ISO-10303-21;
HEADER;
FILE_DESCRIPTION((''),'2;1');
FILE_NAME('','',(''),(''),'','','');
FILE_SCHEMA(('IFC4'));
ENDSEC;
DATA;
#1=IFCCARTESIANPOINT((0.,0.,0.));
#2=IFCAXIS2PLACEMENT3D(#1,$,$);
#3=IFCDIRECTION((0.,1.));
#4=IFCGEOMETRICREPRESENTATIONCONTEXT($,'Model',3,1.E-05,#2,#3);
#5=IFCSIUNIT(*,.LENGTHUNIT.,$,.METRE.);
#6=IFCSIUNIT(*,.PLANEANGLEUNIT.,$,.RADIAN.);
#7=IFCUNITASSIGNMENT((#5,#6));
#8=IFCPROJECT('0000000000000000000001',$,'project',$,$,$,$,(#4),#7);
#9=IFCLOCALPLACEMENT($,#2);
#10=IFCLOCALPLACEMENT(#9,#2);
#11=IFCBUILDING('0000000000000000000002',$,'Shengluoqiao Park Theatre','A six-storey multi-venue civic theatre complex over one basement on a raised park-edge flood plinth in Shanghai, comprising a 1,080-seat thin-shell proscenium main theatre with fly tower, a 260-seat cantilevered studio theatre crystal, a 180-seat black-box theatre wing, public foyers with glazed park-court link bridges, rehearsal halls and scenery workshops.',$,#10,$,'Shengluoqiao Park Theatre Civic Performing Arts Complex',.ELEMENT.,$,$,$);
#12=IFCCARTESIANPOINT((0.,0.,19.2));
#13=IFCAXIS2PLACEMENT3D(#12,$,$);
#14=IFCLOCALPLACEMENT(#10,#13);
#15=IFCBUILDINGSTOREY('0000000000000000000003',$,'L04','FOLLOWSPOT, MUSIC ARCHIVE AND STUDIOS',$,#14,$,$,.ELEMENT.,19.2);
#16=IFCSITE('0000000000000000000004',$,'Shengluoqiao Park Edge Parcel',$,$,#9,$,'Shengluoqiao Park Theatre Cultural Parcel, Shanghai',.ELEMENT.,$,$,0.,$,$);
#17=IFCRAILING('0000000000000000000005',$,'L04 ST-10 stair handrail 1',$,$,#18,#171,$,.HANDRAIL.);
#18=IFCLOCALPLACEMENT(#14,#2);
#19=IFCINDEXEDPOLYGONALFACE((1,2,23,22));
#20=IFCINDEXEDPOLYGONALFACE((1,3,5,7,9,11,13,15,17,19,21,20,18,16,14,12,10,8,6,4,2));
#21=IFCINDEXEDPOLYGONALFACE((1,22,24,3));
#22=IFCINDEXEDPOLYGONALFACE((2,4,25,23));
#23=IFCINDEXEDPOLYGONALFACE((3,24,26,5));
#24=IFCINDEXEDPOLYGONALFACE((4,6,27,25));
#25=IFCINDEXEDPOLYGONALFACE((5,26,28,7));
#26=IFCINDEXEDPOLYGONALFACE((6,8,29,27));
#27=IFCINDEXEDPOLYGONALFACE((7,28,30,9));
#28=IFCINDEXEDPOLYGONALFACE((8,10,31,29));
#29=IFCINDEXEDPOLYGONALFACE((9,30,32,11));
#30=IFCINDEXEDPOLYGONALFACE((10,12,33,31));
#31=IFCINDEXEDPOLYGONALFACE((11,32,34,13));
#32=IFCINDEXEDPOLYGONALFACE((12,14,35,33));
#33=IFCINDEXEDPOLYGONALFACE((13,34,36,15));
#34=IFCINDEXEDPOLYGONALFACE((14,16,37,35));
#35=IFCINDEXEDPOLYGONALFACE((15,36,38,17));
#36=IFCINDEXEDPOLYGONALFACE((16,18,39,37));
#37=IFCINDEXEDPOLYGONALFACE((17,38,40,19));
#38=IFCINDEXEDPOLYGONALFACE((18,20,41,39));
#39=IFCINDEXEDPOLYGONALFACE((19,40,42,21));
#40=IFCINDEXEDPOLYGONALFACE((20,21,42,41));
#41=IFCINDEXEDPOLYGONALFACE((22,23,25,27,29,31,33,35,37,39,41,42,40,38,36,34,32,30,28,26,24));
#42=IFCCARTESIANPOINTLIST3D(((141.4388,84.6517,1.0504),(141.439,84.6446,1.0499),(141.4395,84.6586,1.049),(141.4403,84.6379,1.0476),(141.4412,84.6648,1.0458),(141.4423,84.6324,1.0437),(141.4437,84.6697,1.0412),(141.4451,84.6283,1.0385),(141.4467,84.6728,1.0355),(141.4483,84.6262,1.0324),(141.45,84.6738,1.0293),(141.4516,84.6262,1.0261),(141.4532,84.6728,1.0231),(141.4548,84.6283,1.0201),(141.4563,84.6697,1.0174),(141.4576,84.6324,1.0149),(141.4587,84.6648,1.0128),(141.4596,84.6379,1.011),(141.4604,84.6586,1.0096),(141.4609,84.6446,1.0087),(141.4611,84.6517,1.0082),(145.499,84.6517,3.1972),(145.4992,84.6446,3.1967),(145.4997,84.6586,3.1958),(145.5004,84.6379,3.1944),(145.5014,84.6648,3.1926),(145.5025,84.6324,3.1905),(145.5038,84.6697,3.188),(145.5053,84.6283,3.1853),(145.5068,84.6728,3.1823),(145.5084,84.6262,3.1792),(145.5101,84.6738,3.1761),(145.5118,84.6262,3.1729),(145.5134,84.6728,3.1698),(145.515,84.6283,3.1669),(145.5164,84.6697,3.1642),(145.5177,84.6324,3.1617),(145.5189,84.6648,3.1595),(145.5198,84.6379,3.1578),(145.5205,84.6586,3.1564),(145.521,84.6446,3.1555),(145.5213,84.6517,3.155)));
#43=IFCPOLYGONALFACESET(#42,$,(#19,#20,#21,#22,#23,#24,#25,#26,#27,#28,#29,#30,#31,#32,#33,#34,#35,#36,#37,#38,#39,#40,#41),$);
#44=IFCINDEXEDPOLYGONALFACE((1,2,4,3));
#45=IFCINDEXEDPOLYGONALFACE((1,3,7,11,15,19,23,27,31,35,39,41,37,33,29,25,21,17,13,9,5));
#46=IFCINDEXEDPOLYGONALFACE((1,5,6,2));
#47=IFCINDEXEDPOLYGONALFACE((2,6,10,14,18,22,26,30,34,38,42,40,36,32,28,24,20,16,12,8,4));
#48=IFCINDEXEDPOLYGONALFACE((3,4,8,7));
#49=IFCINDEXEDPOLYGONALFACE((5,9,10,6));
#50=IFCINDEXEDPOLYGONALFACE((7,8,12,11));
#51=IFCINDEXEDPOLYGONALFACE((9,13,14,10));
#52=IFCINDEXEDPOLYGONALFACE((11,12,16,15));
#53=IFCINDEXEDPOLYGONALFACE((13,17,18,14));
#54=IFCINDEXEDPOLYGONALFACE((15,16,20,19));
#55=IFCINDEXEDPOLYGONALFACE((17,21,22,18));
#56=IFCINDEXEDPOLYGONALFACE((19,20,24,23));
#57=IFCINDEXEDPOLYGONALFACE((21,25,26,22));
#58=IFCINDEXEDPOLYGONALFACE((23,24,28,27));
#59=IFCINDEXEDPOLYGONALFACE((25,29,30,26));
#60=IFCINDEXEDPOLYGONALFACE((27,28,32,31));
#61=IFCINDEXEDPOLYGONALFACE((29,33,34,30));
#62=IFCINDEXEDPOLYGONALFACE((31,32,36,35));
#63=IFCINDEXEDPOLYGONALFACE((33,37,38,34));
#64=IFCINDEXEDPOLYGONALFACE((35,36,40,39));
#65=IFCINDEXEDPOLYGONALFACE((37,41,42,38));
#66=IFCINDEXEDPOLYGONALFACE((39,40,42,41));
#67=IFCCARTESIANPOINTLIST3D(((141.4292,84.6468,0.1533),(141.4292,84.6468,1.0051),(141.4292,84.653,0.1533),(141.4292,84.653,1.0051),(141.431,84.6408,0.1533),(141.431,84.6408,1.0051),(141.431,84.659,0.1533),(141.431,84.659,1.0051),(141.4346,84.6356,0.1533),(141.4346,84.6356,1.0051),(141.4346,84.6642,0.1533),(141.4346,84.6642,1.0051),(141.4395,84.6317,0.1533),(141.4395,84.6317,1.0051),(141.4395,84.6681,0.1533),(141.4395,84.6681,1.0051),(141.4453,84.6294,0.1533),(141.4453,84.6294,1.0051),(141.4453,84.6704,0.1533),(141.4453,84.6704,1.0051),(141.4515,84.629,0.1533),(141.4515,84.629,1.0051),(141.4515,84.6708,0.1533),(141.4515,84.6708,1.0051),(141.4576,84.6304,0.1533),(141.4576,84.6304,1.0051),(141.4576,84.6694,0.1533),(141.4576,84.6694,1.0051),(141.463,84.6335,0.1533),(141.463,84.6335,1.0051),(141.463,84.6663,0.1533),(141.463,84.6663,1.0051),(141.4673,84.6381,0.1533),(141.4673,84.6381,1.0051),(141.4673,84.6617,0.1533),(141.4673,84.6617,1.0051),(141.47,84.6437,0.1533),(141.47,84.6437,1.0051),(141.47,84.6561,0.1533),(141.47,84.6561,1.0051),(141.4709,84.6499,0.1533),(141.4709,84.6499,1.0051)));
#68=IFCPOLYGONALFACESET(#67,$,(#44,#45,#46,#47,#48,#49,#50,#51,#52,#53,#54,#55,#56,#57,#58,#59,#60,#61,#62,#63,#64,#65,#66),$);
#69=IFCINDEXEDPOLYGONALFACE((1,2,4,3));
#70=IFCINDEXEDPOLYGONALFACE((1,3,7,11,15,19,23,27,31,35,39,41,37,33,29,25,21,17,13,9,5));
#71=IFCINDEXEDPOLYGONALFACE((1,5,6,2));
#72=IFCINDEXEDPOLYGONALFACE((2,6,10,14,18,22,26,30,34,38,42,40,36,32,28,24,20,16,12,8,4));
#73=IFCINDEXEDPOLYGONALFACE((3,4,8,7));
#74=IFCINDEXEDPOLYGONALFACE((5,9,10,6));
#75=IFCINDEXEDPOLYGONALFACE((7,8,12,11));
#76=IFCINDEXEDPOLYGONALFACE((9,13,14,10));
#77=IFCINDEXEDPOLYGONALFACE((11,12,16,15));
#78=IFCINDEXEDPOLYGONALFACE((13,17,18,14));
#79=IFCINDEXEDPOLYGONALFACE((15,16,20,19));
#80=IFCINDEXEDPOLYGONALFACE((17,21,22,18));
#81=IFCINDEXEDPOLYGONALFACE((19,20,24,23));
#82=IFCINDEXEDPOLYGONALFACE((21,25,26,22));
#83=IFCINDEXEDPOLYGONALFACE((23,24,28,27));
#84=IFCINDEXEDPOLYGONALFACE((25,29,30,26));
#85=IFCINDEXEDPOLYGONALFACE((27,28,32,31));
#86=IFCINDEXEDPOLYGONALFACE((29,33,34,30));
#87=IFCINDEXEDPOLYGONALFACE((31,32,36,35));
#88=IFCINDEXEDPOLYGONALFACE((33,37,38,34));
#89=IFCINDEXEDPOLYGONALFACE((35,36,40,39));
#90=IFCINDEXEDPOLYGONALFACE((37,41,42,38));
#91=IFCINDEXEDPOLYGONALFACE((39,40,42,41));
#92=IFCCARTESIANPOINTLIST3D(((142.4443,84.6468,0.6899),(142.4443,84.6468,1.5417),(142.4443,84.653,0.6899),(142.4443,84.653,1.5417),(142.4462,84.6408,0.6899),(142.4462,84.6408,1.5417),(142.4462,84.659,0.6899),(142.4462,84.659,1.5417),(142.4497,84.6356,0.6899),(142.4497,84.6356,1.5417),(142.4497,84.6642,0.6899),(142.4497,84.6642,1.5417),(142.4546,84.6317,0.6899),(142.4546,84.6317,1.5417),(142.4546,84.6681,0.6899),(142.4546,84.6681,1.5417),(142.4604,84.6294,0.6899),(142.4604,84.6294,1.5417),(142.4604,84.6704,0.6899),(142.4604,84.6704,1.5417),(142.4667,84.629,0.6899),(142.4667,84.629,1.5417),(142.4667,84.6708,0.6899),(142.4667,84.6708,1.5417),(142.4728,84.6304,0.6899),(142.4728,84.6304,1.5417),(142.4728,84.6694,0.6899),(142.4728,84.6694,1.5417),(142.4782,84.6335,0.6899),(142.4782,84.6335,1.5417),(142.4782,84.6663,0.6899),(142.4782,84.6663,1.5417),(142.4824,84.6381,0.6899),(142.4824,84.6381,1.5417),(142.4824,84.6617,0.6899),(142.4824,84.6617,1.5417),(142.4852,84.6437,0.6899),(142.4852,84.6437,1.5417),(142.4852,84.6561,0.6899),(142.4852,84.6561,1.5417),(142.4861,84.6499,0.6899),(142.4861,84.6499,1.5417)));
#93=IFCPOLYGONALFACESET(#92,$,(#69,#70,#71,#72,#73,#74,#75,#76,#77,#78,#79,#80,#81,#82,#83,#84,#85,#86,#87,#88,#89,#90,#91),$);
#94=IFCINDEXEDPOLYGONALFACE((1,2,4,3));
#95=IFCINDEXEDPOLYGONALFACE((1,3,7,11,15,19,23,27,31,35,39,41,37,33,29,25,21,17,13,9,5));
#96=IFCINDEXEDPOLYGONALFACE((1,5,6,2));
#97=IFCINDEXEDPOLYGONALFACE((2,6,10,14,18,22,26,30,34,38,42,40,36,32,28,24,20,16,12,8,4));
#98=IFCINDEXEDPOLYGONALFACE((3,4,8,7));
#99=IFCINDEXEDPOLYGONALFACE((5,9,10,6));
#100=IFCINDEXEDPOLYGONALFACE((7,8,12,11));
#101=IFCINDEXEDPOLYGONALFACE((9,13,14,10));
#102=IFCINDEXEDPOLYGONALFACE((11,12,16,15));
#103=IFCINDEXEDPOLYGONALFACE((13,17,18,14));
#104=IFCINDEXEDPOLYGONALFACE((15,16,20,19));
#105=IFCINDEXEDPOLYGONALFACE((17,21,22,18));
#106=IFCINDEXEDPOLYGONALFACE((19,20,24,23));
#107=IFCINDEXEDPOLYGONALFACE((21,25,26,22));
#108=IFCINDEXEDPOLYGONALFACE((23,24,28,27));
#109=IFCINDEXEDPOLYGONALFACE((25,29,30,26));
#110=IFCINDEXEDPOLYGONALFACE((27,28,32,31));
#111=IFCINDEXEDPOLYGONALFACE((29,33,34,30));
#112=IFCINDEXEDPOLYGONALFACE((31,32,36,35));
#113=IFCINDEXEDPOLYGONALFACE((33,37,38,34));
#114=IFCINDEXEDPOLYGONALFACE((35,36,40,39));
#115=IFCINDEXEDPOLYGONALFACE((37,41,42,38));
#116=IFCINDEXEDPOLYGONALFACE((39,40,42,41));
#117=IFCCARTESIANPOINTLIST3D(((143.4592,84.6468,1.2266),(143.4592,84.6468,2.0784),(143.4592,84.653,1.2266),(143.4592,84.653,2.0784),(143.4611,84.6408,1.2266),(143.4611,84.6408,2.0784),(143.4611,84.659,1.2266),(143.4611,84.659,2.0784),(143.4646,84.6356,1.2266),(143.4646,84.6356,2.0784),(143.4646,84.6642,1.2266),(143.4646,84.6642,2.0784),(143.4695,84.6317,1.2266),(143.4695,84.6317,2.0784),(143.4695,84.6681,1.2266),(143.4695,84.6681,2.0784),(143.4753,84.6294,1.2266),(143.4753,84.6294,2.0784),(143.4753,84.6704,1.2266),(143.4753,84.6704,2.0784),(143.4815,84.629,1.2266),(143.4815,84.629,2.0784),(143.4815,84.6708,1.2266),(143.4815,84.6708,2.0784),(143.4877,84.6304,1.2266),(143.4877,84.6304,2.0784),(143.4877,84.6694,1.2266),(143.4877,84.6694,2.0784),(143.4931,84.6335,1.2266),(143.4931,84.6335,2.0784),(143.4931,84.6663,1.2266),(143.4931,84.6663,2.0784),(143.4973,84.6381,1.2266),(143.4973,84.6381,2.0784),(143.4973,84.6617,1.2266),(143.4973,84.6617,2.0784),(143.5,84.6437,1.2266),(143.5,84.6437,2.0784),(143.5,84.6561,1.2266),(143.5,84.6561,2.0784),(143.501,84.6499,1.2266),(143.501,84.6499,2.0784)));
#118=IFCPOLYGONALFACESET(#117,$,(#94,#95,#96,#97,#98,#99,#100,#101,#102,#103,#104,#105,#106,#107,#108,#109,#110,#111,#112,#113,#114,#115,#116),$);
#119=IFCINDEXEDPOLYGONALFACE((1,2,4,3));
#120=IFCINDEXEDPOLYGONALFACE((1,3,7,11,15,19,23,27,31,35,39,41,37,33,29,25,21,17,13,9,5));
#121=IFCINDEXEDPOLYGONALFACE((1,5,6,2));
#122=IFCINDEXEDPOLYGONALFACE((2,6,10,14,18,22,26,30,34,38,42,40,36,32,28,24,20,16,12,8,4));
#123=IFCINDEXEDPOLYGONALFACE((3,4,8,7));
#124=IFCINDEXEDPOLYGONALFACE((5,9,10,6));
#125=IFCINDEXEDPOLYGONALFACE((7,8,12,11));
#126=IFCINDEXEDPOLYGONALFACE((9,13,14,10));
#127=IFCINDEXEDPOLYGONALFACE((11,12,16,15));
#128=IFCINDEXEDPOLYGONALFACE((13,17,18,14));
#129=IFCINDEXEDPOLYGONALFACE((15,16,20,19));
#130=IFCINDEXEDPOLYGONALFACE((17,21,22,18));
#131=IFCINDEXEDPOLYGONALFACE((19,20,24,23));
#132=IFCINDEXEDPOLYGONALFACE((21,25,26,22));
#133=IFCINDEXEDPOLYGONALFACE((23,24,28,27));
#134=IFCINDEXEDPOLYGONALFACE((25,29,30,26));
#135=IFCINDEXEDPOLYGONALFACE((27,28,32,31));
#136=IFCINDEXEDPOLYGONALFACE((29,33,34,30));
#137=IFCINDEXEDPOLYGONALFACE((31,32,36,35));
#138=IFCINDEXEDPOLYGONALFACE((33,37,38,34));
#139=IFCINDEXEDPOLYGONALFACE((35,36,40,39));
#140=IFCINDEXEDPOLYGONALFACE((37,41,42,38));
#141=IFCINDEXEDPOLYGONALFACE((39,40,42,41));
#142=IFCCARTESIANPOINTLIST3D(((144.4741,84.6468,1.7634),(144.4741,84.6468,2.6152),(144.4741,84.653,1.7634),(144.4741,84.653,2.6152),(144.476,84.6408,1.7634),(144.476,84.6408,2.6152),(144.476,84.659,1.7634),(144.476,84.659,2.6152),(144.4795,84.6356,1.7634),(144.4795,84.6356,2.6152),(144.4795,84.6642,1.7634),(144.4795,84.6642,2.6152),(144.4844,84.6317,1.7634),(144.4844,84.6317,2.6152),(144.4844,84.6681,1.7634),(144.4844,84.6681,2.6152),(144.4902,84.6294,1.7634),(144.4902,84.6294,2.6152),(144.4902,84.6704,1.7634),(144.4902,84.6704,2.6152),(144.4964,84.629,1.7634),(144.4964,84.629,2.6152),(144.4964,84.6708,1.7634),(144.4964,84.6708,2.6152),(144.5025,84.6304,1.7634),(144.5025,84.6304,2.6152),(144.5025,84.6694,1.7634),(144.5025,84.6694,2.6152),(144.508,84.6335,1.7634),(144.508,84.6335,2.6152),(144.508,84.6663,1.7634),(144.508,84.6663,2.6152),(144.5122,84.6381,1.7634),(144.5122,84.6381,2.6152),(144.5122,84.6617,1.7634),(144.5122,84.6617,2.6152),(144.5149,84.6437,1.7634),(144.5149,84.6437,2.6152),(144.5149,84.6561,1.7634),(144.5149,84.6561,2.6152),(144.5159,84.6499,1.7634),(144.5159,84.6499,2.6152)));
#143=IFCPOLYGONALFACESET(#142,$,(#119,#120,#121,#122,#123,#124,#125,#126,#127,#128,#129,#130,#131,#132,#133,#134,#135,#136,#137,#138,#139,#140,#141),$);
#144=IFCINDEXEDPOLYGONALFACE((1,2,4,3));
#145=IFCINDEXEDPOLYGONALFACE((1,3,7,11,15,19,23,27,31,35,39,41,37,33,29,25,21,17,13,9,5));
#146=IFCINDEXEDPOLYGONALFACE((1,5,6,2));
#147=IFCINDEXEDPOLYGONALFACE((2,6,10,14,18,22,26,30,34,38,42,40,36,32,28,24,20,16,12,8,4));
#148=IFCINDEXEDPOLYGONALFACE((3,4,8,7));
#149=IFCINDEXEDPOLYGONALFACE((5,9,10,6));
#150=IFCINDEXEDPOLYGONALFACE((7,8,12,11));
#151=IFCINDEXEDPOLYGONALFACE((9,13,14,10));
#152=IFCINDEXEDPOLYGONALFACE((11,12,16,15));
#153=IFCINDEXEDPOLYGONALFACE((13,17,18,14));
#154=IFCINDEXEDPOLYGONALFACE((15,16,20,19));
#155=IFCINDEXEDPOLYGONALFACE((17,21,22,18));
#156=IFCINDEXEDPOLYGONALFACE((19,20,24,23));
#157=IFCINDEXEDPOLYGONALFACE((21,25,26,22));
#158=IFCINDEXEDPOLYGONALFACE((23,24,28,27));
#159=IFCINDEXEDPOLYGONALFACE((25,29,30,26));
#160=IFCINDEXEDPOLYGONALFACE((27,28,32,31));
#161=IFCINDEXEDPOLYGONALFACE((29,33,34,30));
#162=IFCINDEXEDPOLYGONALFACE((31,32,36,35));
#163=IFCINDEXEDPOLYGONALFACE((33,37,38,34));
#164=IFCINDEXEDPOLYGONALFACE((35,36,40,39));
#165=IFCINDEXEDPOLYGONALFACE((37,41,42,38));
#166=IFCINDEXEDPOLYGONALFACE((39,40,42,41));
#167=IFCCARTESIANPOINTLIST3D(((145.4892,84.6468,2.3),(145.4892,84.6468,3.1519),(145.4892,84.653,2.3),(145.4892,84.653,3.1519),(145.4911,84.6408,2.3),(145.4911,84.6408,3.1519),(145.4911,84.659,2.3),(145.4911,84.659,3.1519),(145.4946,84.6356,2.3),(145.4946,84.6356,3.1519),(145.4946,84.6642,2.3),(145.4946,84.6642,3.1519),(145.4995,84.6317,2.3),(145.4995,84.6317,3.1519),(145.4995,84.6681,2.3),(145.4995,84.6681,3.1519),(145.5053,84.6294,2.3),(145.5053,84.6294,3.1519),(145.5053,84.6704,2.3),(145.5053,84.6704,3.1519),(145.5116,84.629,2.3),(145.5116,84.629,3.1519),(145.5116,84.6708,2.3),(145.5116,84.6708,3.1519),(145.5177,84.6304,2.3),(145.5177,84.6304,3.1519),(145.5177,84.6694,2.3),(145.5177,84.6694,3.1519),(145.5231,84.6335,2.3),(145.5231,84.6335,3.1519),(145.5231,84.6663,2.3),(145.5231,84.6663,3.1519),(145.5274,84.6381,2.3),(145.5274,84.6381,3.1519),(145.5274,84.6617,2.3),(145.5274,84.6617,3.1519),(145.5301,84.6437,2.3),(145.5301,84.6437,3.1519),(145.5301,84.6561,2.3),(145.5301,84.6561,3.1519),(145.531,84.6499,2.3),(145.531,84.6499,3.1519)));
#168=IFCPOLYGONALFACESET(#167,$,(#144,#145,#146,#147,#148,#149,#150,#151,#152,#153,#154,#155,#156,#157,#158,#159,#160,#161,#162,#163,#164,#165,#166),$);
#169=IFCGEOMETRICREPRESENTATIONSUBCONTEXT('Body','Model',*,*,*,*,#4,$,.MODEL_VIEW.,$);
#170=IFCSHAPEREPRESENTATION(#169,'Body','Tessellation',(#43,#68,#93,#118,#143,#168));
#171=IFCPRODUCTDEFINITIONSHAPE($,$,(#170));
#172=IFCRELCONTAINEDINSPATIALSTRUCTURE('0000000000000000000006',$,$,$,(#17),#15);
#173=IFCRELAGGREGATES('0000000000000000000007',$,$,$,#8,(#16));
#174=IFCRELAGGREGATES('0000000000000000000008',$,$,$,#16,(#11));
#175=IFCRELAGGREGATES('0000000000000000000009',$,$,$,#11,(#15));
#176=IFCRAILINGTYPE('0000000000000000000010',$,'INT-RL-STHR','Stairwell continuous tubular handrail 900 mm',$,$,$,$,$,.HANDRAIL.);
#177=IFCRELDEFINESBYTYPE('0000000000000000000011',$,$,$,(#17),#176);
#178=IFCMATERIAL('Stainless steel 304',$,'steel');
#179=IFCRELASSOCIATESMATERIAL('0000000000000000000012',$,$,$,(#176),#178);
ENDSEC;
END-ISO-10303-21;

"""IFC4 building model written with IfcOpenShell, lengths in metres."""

from ifc_helpers import new_model, si_unit, direction, frame, origin, origin_2d, place, context, subcontext, project, spatial, circle, extrude, material, type_object, element, save


model = new_model("IFC4")

# Units and contexts
model_context = context("Model", 3, precision=1e-05, world=origin(), true_north=direction((0.0, 1.0)))
body_context = subcontext(model_context, "Body", "Model", "MODEL_VIEW")
ifc_project = project(units=[si_unit("LENGTHUNIT", "METRE"), si_unit("PLANEANGLEUNIT", "RADIAN")], contexts=[model_context])

# Site, building, storey
site_placement = place(None, origin())
site = spatial("IfcSite", under=ifc_project, at=site_placement, Name="Shengluoqiao Park Edge Parcel", LongName="Shengluoqiao Park Theatre Cultural Parcel, Shanghai", CompositionType="ELEMENT", RefElevation=0.0)
building_placement = place(site_placement, origin())
building = spatial("IfcBuilding", under=site, at=building_placement, Name="Shengluoqiao Park Theatre", Description="A six-storey multi-venue civic theatre complex over one basement on a raised park-edge flood plinth in Shanghai, comprising a 1,080-seat thin-shell proscenium main theatre with fly tower, a 260-seat cantilevered studio theatre crystal, a 180-seat black-box theatre wing, public foyers with glazed park-court link bridges, rehearsal halls and scenery workshops.", LongName="Shengluoqiao Park Theatre Civic Performing Arts Complex", CompositionType="ELEMENT")
storey_placement = place(building_placement, frame((0.0, 0.0, 19.2)))
storey = spatial("IfcBuildingStorey", under=building, at=storey_placement, Name="L04", Description="FOLLOWSPOT, MUSIC ARCHIVE AND STUDIOS", CompositionType="ELEMENT", Elevation=19.2)

# Railing
ifc_material_1 = material(Name="Stainless steel 304", Category="steel")
railing_type_1 = type_object("IfcRailingType", Name="INT-RL-STHR", Description="Stairwell continuous tubular handrail 900 mm", PredefinedType="HANDRAIL", material=ifc_material_1)
railing_1_placement = place(storey_placement, frame((141.45, 84.6499, 0.1533)))
element("IfcRailing", 1, at=railing_1_placement, inside=storey, type_object=railing_type_1, Name="L04 ST-10 stair handrail 1", PredefinedType="HANDRAIL", context=body_context, shape_type="SweptSolid", body=[
    extrude(circle(Radius=0.0239, at=origin_2d()), frame((0.0, 0.0, 0.876), z_axis=(0.884032, 0.0, 0.467426), x_axis=(0.0, 1.0, 0.0)), (0.0, 0.0, 1.0), 4.5928),
    extrude(circle(Radius=0.021, at=origin_2d()), origin(), (0.0, 0.0, 1.0), 0.8518),
    extrude(circle(Radius=0.021, at=origin_2d()), frame((1.0151, 0.0, 0.5366)), (0.0, 0.0, 1.0), 0.8518),
    extrude(circle(Radius=0.021, at=origin_2d()), frame((2.03, 0.0, 1.0732)), (0.0, 0.0, 1.0), 0.8518),
    extrude(circle(Radius=0.021, at=origin_2d()), frame((3.0449, 0.0, 1.6101)), (0.0, 0.0, 1.0), 0.8518),
    extrude(circle(Radius=0.021, at=origin_2d()), frame((4.0601, 0.0, 2.1467)), (0.0, 0.0, 1.0), 0.8518),
])

save(model, "model.ifc")
